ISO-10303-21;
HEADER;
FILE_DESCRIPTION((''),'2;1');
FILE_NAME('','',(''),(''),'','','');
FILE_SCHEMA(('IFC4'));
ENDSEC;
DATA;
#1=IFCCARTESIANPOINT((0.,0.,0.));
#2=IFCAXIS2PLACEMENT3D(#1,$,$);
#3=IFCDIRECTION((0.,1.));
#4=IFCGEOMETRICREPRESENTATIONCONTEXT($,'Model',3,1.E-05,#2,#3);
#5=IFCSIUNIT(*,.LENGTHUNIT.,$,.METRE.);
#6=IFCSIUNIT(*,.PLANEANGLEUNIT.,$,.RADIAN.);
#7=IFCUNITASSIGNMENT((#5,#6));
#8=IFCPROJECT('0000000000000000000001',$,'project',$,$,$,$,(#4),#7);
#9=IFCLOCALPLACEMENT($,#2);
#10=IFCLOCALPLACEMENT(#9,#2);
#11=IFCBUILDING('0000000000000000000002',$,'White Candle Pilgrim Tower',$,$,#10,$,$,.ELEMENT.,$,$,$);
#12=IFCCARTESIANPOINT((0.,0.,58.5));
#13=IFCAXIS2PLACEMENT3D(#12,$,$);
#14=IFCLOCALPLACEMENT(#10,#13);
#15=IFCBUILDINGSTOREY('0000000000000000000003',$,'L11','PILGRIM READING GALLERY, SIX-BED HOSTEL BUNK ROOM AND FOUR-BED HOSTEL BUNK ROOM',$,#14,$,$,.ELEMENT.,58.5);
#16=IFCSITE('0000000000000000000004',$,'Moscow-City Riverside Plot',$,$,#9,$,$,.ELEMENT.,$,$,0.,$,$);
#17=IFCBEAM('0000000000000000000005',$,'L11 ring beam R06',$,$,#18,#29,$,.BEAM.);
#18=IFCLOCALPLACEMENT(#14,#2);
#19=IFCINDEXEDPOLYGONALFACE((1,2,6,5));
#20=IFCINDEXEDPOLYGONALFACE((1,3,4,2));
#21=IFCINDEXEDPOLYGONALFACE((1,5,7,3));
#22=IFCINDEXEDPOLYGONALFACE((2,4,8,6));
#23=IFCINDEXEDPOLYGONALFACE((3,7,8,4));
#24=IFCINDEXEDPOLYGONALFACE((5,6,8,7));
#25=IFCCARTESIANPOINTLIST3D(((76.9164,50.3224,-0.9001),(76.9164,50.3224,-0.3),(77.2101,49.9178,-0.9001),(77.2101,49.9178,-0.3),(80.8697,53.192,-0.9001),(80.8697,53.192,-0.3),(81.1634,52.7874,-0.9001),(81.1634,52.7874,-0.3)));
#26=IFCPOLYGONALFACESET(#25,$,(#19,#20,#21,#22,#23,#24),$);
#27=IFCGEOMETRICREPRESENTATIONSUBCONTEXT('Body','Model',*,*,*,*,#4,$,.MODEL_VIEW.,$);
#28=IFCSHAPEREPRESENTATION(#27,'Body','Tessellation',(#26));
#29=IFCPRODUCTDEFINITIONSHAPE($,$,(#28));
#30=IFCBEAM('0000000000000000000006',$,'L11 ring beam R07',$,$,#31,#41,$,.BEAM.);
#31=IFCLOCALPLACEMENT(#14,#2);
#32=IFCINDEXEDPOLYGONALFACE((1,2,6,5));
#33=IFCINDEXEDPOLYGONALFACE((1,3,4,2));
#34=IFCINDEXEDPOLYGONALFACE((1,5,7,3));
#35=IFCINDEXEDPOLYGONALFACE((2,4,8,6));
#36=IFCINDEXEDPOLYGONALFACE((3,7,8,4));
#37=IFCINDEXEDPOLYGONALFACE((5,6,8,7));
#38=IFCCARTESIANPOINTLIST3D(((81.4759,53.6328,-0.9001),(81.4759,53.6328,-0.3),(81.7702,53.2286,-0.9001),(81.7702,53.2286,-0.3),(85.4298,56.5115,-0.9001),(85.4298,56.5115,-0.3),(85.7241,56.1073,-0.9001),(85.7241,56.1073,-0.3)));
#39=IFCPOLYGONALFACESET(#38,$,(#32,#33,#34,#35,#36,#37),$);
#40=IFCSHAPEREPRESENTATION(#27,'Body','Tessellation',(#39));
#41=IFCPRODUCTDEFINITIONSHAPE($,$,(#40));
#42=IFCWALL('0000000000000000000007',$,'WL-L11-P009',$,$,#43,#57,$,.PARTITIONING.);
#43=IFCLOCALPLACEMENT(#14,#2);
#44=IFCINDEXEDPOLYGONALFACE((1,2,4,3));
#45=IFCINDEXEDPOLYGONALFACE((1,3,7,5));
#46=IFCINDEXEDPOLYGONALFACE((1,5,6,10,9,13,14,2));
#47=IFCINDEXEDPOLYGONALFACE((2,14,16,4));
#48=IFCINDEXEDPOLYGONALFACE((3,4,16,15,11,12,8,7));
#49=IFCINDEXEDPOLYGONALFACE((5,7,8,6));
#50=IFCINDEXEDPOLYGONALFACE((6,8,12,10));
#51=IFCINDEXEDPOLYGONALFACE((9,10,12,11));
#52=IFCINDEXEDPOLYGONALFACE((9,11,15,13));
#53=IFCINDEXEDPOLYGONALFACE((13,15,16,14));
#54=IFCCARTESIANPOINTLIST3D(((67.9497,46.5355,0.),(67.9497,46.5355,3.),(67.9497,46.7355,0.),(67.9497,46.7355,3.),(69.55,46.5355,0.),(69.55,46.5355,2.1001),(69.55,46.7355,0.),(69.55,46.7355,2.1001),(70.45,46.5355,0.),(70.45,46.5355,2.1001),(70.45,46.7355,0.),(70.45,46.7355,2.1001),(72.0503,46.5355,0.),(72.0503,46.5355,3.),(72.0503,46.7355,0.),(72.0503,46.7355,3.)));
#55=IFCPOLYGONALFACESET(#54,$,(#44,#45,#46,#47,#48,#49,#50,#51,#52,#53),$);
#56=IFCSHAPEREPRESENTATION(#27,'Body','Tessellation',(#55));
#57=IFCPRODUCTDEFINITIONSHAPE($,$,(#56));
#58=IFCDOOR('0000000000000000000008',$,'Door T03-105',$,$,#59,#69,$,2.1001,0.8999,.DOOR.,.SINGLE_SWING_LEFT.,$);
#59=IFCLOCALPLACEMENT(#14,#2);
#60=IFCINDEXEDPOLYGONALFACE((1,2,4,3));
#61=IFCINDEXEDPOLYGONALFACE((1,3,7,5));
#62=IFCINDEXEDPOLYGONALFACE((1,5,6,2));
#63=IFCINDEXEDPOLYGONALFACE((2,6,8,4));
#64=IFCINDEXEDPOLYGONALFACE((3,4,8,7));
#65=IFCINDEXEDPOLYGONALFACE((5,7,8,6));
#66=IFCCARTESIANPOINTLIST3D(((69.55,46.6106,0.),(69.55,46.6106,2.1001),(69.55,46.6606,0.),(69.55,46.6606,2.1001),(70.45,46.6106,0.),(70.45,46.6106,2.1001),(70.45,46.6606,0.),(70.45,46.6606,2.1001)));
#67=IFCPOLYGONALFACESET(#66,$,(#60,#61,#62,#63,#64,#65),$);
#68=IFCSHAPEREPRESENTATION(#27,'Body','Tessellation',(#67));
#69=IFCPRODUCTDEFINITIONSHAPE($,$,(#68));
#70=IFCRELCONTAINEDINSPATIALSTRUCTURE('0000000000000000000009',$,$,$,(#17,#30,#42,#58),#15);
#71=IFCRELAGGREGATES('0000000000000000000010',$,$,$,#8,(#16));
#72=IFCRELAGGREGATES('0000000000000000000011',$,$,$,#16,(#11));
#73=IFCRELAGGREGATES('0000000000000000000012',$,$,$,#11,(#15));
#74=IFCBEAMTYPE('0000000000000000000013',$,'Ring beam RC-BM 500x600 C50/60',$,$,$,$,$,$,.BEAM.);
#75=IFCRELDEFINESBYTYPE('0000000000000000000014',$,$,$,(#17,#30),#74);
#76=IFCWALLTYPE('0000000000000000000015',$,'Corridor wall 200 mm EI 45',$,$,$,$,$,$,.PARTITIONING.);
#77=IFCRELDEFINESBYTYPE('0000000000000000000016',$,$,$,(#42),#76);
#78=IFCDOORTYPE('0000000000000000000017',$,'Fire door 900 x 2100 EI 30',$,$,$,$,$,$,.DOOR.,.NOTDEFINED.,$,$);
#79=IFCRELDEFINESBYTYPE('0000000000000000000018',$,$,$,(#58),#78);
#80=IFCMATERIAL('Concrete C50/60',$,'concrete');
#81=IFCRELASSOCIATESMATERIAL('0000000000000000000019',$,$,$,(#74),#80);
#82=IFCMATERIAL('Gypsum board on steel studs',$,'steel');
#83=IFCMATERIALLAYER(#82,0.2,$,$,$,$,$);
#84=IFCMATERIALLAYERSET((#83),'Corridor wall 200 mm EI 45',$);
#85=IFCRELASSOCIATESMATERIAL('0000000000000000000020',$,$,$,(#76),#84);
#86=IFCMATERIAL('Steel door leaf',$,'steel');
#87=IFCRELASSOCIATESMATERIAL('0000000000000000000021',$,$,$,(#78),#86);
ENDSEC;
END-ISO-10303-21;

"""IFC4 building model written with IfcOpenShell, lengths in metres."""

from ifc_helpers import new_model, si_unit, direction, frame, frame_2d, origin, origin_2d, place, context, subcontext, project, spatial, rectangle, extrude, material, layer, layer_set, material_profile, profile_set, type_object, element, fill, save


model = new_model("IFC4")

# Units and contexts
model_context = context("Model", 3, precision=1e-05, world=origin(), true_north=direction((0.0, 1.0)))
body_context = subcontext(model_context, "Body", "Model", "MODEL_VIEW")
ifc_project = project(units=[si_unit("LENGTHUNIT", "METRE"), si_unit("PLANEANGLEUNIT", "RADIAN")], contexts=[model_context])

# Site, building, storey
site_placement = place(None, origin())
site = spatial("IfcSite", under=ifc_project, at=site_placement, Name="Moscow-City Riverside Plot", CompositionType="ELEMENT", RefElevation=0.0)
building_placement = place(site_placement, origin())
building = spatial("IfcBuilding", under=site, at=building_placement, Name="White Candle Pilgrim Tower", CompositionType="ELEMENT")
storey_placement = place(building_placement, frame((0.0, 0.0, 58.5)))
storey = spatial("IfcBuildingStorey", under=building, at=storey_placement, Name="L11", Description="PILGRIM READING GALLERY, SIX-BED HOSTEL BUNK ROOM AND FOUR-BED HOSTEL BUNK ROOM", CompositionType="ELEMENT", Elevation=58.5)

# Beams
ifc_material_1 = material(Name="Concrete C50/60", Category="concrete")
ifc_material_profile_1 = material_profile(ifc_material_1, rectangle(XDim=0.5, YDim=0.6001, at=origin_2d()), Name="RC-BM 500x600")
ifc_profile_set_1 = profile_set([ifc_material_profile_1], Name="Concrete C50/60")
beam_type = type_object("IfcBeamType", Name="Ring beam RC-BM 500x600 C50/60", PredefinedType="BEAM", material=ifc_profile_set_1)
beam_1_placement = place(storey_placement, frame((77.0632, 50.1201, -0.6001), z_axis=(0.809276, 0.587429, 0.0), x_axis=(-0.587429, 0.809276, 0.0)))
element("IfcBeam", 1, at=beam_1_placement, inside=storey, type_object=beam_type, Name="L11 ring beam R06", PredefinedType="BEAM", context=body_context, shape_type="SweptSolid", body=[
    extrude(rectangle(XDim=0.5, YDim=0.6001, at=origin_2d()), origin(), (0.0, 0.0, 1.0), 4.885),
])
beam_2_placement = place(storey_placement, frame((81.623, 53.4307, -0.6001), z_axis=(0.808432, 0.58859, 0.0), x_axis=(-0.58859, 0.808432, 0.0)))
element("IfcBeam", 2, at=beam_2_placement, inside=storey, type_object=beam_type, Name="L11 ring beam R07", PredefinedType="BEAM", context=body_context, shape_type="SweptSolid", body=[
    extrude(rectangle(XDim=0.5, YDim=0.6001, at=origin_2d()), origin(), (0.0, 0.0, 1.0), 4.8909),
])

# Wall, opening, door
ifc_material_2 = material(Name="Gypsum board on steel studs", Category="steel")
ifc_layer_1 = layer(ifc_material_2, 0.2)
ifc_layer_set_1 = layer_set([ifc_layer_1], Name="Corridor wall 200 mm EI 45")
wall_type_1 = type_object("IfcWallType", Name="Corridor wall 200 mm EI 45", PredefinedType="PARTITIONING", material=ifc_layer_set_1)
wall_1_placement = place(storey_placement, frame((72.0503, 46.6355, 0.0), z_axis=(0.0, 0.0, 1.0), x_axis=(-1.0, 0.0, 0.0)))
wall_1 = element("IfcWall", 3, at=wall_1_placement, inside=storey, type_object=wall_type_1, Name="WL-L11-P009", PredefinedType="PARTITIONING", context=body_context, shape_type="SweptSolid", body=[
    extrude(rectangle(XDim=4.1006, YDim=0.2, at=frame_2d((2.0503, 0.0))), origin(), (0.0, 0.0, 1.0), 3.0),
])
opening_1_placement = place(wall_1_placement, frame((1.6003, 0.0, 0.0)))
opening_1 = element("IfcOpeningElement", 4, at=opening_1_placement, cuts=wall_1, PredefinedType="OPENING", context=body_context, shape_type="SweptSolid", body=[
    extrude(rectangle(XDim=0.8999, YDim=2.1001, at=frame_2d((0.45, 1.05))), frame((0.0, 0.1099, 0.0), z_axis=(0.0, -1.0, 0.0), x_axis=(1.0, 0.0, 0.0)), (0.0, 0.0, 1.0), 0.22),
])
ifc_material_3 = material(Name="Steel door leaf", Category="steel")
door_type_1 = type_object("IfcDoorType", Name="Fire door 900 x 2100 EI 30", OperationType="NOTDEFINED", PredefinedType="DOOR", material=ifc_material_3)
door_1_placement = place(opening_1_placement, origin())
door_1 = element("IfcDoor", 5, at=door_1_placement, inside=storey, type_object=door_type_1, Name="Door T03-105", OperationType="SINGLE_SWING_LEFT", OverallHeight=2.1001, OverallWidth=0.8999, PredefinedType="DOOR", context=body_context, shape_type="SweptSolid", body=[
    extrude(rectangle(XDim=0.8999, YDim=2.1001, at=frame_2d((0.45, 1.05))), frame((0.0, 0.0249, 0.0), z_axis=(0.0, -1.0, 0.0), x_axis=(1.0, 0.0, 0.0)), (0.0, 0.0, 1.0), 0.05),
])
fill(opening_1, door_1)

save(model, "model.ifc")
